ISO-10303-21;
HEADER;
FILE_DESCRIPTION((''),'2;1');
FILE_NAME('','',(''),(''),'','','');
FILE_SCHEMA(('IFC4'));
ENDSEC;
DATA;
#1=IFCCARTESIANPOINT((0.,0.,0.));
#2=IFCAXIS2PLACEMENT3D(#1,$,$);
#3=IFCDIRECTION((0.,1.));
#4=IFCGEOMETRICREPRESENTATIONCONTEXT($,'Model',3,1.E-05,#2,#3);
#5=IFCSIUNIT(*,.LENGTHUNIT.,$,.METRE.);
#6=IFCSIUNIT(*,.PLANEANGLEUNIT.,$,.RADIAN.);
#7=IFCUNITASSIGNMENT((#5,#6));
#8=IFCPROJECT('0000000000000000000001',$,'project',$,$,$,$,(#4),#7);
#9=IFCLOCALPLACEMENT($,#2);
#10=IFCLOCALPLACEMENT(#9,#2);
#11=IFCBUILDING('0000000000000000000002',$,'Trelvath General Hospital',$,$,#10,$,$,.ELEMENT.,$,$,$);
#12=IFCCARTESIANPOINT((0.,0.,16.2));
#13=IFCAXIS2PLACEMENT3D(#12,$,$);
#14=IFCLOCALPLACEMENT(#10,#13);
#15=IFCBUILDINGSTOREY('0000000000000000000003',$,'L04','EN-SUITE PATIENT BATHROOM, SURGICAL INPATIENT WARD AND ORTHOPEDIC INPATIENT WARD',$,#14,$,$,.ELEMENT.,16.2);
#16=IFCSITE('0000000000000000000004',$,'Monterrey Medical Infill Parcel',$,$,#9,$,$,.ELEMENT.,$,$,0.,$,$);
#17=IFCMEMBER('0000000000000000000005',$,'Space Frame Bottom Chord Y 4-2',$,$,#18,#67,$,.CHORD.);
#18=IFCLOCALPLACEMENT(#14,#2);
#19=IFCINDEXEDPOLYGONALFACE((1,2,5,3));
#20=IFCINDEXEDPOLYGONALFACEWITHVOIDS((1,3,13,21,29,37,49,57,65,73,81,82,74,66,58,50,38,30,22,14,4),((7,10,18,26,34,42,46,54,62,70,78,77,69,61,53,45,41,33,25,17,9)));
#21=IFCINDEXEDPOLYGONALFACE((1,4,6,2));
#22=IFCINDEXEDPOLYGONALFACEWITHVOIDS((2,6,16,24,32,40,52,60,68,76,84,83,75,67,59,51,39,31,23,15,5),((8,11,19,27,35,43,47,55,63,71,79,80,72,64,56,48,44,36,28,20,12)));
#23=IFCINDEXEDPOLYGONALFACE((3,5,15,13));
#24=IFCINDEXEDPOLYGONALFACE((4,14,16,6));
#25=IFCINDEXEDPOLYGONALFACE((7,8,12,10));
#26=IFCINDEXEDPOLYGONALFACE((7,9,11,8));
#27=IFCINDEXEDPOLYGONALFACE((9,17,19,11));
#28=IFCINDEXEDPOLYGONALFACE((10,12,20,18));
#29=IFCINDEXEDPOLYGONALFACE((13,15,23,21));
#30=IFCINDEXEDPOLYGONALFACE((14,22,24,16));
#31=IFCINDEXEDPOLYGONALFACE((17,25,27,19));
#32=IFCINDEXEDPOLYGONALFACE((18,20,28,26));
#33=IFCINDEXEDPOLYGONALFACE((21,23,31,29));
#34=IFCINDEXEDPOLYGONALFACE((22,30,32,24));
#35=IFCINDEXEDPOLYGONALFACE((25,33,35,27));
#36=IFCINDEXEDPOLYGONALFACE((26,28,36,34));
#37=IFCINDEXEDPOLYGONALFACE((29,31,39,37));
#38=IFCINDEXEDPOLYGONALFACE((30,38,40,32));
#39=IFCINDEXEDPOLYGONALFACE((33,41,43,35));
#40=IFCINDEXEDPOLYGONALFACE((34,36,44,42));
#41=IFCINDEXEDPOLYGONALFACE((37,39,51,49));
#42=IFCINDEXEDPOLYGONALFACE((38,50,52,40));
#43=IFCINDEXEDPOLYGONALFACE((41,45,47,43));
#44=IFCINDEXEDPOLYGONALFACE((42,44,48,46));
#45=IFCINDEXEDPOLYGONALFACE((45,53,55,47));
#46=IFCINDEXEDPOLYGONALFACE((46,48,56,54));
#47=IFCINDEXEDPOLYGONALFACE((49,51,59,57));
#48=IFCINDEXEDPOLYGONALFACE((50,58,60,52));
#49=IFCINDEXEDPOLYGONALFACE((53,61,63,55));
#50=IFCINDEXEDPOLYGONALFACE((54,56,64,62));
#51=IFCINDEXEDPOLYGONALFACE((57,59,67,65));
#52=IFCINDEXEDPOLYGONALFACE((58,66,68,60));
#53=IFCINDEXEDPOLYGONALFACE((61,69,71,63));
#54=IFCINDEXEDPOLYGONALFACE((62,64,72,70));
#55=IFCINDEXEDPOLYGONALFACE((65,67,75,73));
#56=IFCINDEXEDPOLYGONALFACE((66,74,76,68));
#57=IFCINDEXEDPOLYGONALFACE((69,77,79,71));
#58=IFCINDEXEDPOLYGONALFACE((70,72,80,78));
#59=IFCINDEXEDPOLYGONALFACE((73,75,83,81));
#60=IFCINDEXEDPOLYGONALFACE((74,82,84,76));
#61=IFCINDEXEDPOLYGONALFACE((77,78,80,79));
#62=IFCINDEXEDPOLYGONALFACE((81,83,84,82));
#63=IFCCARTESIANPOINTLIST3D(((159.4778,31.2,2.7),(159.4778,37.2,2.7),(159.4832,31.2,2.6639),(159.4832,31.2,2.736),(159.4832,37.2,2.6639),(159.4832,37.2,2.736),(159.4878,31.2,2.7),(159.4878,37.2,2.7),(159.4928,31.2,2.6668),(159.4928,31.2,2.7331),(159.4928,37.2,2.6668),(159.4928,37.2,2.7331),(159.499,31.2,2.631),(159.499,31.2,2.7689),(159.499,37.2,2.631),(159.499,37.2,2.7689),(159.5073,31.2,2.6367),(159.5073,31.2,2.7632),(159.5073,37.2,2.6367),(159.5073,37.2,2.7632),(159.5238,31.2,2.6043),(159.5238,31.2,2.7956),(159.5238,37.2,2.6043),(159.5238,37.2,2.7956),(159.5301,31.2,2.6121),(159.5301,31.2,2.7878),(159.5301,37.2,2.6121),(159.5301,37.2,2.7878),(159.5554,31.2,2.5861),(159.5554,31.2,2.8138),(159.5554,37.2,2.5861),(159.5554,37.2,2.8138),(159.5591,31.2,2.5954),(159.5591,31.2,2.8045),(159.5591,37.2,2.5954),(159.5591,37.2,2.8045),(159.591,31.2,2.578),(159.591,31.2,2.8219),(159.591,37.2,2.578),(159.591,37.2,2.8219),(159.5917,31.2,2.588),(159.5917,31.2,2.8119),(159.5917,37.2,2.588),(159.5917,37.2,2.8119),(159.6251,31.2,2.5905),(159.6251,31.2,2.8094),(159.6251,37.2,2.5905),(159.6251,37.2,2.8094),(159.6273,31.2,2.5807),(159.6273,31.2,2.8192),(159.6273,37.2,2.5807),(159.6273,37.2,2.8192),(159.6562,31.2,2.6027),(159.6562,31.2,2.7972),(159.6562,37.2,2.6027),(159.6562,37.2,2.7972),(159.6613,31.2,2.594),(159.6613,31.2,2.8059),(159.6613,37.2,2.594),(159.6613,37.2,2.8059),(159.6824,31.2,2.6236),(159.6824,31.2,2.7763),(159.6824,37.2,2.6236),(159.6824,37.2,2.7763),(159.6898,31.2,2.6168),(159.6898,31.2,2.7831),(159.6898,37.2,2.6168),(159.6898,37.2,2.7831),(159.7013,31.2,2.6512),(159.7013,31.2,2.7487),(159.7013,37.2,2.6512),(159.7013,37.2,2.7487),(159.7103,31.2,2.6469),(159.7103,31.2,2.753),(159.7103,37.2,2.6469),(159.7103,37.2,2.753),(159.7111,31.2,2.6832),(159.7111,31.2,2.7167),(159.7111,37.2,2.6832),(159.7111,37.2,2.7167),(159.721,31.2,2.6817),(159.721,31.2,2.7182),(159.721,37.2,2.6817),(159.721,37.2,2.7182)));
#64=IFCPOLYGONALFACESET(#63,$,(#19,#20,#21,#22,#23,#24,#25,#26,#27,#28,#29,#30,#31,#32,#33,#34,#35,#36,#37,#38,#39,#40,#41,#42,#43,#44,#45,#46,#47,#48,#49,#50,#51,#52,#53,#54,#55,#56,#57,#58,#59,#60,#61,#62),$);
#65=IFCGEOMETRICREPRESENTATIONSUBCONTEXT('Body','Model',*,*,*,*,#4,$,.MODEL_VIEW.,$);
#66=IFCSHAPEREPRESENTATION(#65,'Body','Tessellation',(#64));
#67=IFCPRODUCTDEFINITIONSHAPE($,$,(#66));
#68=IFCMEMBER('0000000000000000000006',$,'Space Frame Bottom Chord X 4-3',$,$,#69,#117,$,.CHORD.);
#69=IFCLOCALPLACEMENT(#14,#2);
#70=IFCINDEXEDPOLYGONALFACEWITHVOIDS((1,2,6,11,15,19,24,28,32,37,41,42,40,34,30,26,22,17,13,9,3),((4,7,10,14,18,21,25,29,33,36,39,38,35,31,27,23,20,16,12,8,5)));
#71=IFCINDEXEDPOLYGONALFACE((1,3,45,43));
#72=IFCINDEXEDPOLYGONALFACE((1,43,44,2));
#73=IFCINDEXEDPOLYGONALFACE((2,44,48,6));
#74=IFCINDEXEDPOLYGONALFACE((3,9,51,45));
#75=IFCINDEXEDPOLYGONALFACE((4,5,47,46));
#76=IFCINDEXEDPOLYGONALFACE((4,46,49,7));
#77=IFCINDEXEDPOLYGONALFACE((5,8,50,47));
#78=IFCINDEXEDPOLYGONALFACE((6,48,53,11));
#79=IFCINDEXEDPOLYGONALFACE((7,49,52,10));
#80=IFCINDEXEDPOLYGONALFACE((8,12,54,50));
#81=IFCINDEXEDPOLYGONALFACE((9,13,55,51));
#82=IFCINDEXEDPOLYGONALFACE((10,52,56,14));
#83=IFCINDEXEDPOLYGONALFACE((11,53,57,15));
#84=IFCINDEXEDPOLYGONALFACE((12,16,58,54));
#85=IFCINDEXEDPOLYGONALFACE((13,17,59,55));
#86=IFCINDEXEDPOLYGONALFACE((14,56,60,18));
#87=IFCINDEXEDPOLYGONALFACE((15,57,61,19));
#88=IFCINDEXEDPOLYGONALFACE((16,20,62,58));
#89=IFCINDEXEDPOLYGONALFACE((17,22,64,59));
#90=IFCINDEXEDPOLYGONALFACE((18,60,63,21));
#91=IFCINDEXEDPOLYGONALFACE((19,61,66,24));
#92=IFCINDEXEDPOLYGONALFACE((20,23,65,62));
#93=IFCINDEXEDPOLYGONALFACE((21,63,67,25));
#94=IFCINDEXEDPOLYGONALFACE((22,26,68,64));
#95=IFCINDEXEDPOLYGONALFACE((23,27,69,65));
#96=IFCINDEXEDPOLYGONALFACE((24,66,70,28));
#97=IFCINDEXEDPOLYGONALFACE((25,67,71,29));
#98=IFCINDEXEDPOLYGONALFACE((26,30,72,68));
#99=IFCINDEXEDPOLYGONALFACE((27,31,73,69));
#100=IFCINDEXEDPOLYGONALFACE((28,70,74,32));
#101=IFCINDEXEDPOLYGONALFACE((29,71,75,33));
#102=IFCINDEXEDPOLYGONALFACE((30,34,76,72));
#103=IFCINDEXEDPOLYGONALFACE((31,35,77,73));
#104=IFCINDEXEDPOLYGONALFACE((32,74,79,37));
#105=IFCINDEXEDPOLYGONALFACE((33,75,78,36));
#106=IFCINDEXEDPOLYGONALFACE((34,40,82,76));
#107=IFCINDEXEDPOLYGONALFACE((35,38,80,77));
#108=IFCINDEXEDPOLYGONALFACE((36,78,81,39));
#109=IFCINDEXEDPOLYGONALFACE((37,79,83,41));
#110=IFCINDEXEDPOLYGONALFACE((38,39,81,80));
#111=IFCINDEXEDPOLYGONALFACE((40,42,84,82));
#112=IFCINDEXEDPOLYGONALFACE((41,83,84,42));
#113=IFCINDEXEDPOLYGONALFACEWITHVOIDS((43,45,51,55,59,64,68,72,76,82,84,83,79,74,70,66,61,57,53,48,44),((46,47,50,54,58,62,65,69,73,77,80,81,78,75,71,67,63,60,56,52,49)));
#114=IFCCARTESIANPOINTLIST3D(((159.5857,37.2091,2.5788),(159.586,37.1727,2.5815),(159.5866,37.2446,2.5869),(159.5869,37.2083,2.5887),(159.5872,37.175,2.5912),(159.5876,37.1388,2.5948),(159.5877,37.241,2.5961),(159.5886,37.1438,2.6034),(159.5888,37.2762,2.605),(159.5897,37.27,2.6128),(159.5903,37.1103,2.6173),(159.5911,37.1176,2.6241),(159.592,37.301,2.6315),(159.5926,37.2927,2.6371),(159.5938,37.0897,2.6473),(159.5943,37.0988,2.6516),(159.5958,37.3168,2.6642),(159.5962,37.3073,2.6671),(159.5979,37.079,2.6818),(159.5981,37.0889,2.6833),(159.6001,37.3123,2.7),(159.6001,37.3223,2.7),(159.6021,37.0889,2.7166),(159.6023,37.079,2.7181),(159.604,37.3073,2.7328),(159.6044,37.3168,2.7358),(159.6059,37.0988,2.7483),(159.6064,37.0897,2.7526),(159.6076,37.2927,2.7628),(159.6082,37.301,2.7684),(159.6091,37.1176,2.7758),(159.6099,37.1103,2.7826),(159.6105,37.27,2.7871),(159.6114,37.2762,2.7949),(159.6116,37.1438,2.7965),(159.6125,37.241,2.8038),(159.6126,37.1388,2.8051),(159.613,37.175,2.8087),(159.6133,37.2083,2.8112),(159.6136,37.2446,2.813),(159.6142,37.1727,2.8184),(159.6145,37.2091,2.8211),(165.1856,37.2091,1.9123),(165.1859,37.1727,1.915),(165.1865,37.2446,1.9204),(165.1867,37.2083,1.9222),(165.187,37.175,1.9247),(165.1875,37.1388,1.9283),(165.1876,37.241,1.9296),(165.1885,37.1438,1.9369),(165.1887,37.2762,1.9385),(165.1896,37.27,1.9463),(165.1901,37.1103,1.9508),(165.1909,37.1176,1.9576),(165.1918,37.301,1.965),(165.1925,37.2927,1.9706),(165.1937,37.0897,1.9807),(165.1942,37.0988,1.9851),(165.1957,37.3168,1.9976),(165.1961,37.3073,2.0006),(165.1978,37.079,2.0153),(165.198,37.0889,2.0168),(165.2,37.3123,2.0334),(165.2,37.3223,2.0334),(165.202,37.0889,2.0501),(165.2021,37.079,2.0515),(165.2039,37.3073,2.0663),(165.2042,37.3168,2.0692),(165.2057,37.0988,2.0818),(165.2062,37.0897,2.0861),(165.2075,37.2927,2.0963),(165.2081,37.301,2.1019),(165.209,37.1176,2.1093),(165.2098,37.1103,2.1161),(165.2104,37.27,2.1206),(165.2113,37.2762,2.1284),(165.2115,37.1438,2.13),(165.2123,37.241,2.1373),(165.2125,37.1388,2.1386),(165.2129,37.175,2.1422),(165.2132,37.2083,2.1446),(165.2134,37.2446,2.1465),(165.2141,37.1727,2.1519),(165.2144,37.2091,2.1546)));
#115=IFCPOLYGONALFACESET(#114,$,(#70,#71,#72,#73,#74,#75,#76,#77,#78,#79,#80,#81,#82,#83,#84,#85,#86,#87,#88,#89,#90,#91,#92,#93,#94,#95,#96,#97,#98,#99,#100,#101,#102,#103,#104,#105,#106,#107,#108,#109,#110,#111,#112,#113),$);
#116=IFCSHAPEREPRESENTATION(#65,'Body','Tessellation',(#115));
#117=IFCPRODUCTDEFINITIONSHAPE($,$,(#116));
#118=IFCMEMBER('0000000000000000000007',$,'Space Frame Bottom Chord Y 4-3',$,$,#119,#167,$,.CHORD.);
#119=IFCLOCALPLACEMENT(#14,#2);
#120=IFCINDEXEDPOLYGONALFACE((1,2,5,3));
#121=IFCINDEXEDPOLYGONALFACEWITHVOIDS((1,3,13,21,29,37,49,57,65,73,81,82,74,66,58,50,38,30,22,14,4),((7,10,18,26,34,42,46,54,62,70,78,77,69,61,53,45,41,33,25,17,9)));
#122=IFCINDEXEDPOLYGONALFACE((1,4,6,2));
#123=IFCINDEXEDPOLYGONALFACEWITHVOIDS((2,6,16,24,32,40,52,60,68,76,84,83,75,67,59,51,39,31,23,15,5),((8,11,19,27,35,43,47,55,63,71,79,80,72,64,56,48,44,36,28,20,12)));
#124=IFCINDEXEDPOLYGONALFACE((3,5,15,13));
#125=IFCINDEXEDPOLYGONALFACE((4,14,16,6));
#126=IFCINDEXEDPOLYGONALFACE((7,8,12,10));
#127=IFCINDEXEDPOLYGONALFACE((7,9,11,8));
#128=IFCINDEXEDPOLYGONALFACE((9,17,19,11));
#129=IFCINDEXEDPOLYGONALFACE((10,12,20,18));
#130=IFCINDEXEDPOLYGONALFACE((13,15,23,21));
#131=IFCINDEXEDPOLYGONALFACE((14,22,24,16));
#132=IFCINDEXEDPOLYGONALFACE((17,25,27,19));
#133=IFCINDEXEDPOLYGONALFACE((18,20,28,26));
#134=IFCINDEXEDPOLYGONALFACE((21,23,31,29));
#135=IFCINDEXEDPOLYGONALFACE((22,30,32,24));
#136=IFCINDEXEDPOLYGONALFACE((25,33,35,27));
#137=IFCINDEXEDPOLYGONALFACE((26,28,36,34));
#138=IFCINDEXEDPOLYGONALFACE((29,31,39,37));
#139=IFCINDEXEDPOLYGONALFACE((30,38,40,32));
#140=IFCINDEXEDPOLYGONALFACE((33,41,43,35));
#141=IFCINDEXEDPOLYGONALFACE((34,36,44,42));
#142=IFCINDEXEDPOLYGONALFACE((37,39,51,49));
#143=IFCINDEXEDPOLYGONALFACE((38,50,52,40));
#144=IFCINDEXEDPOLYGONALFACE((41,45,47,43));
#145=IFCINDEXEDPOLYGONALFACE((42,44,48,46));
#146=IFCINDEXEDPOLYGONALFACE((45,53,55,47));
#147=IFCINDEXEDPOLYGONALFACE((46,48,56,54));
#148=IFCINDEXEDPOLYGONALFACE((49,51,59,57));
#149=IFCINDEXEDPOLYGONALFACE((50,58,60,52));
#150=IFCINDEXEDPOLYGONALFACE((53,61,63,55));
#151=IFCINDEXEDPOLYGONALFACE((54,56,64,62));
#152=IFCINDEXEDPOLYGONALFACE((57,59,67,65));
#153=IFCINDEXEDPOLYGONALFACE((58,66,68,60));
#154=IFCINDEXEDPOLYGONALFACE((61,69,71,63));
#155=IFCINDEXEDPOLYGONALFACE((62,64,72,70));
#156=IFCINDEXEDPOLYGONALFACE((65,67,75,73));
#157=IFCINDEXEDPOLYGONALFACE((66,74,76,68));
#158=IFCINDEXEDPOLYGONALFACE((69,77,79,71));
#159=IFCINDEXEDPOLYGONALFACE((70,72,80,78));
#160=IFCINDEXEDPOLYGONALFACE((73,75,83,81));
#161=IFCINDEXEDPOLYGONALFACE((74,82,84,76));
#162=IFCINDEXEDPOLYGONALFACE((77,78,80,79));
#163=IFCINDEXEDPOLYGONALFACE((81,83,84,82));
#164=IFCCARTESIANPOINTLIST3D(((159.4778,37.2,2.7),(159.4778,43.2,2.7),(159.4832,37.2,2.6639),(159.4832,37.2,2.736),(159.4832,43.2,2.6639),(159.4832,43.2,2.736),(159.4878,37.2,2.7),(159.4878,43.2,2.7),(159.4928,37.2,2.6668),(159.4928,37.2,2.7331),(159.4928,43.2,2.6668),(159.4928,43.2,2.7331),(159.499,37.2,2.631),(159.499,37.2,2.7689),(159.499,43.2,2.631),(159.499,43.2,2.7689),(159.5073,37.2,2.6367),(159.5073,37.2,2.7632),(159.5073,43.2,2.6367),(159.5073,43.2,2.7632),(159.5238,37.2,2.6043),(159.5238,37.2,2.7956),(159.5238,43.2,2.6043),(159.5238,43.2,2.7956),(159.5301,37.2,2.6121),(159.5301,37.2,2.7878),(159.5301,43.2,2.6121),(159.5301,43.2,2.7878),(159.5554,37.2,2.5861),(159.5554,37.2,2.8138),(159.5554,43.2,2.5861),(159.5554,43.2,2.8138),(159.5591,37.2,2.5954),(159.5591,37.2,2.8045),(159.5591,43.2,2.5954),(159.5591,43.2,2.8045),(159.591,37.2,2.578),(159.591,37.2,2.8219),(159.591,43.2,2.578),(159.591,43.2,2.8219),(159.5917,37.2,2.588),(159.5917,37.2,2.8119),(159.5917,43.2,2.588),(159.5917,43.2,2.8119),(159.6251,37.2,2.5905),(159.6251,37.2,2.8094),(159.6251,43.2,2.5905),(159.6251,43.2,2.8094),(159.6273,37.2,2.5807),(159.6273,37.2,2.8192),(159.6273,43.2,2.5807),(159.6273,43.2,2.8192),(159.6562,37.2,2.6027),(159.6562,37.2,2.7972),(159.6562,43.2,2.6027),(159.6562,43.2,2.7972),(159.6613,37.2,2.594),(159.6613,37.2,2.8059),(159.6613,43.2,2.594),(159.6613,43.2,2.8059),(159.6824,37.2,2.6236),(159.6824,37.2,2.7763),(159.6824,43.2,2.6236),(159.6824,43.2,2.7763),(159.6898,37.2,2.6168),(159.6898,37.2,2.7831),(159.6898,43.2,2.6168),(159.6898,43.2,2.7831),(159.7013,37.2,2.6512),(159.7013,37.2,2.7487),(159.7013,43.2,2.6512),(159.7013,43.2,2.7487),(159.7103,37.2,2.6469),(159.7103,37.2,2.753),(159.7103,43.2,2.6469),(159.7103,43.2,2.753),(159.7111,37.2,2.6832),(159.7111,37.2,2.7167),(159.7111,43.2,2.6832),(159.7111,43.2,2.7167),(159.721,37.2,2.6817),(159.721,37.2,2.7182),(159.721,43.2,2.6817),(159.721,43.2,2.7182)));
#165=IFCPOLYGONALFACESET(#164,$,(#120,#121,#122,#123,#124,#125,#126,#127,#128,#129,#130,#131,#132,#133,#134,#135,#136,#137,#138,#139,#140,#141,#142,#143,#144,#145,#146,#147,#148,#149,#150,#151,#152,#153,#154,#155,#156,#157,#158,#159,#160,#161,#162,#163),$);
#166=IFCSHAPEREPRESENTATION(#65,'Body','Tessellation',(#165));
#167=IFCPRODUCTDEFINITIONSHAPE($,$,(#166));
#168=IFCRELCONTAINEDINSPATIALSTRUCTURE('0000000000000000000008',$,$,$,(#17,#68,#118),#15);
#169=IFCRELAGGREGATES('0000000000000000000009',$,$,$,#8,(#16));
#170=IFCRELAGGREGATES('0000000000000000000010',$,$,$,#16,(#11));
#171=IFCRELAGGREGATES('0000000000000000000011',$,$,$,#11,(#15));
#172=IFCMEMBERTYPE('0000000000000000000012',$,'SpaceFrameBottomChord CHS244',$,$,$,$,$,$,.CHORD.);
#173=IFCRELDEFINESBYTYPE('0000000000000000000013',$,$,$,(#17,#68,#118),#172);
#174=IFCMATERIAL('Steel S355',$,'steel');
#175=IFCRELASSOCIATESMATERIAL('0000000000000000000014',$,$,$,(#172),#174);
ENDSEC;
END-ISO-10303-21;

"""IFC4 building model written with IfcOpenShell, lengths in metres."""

from ifc_helpers import new_model, si_unit, direction, frame, origin, origin_2d, place, context, subcontext, project, spatial, hollow_circle, extrude, material, material_profile, profile_set, type_object, element, save


model = new_model("IFC4")

# Units and contexts
model_context = context("Model", 3, precision=1e-05, world=origin(), true_north=direction((0.0, 1.0)))
body_context = subcontext(model_context, "Body", "Model", "MODEL_VIEW")
ifc_project = project(units=[si_unit("LENGTHUNIT", "METRE"), si_unit("PLANEANGLEUNIT", "RADIAN")], contexts=[model_context])

# Site, building, storey
site_placement = place(None, origin())
site = spatial("IfcSite", under=ifc_project, at=site_placement, Name="Monterrey Medical Infill Parcel", CompositionType="ELEMENT", RefElevation=0.0)
building_placement = place(site_placement, origin())
building = spatial("IfcBuilding", under=site, at=building_placement, Name="Trelvath General Hospital", CompositionType="ELEMENT")
storey_placement = place(building_placement, frame((0.0, 0.0, 16.2)))
storey = spatial("IfcBuildingStorey", under=building, at=storey_placement, Name="L04", Description="EN-SUITE PATIENT BATHROOM, SURGICAL INPATIENT WARD AND ORTHOPEDIC INPATIENT WARD", CompositionType="ELEMENT", Elevation=16.2)

# Members
ifc_material_1 = material(Name="Steel S355", Category="steel")
ifc_material_profile_1 = material_profile(ifc_material_1, hollow_circle(Radius=0.1223, WallThickness=0.01, at=origin_2d()), Name="CHS244.5x10.0")
ifc_profile_set_1 = profile_set([ifc_material_profile_1], Name="Steel S355")
member_type_1 = type_object("IfcMemberType", Name="SpaceFrameBottomChord CHS244", PredefinedType="CHORD", material=ifc_profile_set_1)
member_1_placement = place(storey_placement, frame((159.6001, 31.2, 2.7), z_axis=(0.0, 1.0, 0.0), x_axis=(-1.0, 0.0, 0.0)))
element("IfcMember", 1, at=member_1_placement, inside=storey, type_object=member_type_1, Name="Space Frame Bottom Chord Y 4-2", PredefinedType="CHORD", context=body_context, shape_type="SweptSolid", body=[
    extrude(hollow_circle(Radius=0.1223, WallThickness=0.01, at=origin_2d()), origin(), (0.0, 0.0, 1.0), 6.0),
])
member_2_placement = place(storey_placement, frame((159.6001, 37.2, 2.7), z_axis=(0.992991, 0.0, -0.118187), x_axis=(0.0, 1.0, 0.0)))
element("IfcMember", 2, at=member_2_placement, inside=storey, type_object=member_type_1, Name="Space Frame Bottom Chord X 4-3", PredefinedType="CHORD", context=body_context, shape_type="SweptSolid", body=[
    extrude(hollow_circle(Radius=0.1223, WallThickness=0.01, at=origin_2d()), origin(), (0.0, 0.0, 1.0), 5.6394),
])
member_3_placement = place(storey_placement, frame((159.6001, 37.2, 2.7), z_axis=(0.0, 1.0, 0.0), x_axis=(-1.0, 0.0, 0.0)))
element("IfcMember", 3, at=member_3_placement, inside=storey, type_object=member_type_1, Name="Space Frame Bottom Chord Y 4-3", PredefinedType="CHORD", context=body_context, shape_type="SweptSolid", body=[
    extrude(hollow_circle(Radius=0.1223, WallThickness=0.01, at=origin_2d()), origin(), (0.0, 0.0, 1.0), 6.0),
])

save(model, "model.ifc")
